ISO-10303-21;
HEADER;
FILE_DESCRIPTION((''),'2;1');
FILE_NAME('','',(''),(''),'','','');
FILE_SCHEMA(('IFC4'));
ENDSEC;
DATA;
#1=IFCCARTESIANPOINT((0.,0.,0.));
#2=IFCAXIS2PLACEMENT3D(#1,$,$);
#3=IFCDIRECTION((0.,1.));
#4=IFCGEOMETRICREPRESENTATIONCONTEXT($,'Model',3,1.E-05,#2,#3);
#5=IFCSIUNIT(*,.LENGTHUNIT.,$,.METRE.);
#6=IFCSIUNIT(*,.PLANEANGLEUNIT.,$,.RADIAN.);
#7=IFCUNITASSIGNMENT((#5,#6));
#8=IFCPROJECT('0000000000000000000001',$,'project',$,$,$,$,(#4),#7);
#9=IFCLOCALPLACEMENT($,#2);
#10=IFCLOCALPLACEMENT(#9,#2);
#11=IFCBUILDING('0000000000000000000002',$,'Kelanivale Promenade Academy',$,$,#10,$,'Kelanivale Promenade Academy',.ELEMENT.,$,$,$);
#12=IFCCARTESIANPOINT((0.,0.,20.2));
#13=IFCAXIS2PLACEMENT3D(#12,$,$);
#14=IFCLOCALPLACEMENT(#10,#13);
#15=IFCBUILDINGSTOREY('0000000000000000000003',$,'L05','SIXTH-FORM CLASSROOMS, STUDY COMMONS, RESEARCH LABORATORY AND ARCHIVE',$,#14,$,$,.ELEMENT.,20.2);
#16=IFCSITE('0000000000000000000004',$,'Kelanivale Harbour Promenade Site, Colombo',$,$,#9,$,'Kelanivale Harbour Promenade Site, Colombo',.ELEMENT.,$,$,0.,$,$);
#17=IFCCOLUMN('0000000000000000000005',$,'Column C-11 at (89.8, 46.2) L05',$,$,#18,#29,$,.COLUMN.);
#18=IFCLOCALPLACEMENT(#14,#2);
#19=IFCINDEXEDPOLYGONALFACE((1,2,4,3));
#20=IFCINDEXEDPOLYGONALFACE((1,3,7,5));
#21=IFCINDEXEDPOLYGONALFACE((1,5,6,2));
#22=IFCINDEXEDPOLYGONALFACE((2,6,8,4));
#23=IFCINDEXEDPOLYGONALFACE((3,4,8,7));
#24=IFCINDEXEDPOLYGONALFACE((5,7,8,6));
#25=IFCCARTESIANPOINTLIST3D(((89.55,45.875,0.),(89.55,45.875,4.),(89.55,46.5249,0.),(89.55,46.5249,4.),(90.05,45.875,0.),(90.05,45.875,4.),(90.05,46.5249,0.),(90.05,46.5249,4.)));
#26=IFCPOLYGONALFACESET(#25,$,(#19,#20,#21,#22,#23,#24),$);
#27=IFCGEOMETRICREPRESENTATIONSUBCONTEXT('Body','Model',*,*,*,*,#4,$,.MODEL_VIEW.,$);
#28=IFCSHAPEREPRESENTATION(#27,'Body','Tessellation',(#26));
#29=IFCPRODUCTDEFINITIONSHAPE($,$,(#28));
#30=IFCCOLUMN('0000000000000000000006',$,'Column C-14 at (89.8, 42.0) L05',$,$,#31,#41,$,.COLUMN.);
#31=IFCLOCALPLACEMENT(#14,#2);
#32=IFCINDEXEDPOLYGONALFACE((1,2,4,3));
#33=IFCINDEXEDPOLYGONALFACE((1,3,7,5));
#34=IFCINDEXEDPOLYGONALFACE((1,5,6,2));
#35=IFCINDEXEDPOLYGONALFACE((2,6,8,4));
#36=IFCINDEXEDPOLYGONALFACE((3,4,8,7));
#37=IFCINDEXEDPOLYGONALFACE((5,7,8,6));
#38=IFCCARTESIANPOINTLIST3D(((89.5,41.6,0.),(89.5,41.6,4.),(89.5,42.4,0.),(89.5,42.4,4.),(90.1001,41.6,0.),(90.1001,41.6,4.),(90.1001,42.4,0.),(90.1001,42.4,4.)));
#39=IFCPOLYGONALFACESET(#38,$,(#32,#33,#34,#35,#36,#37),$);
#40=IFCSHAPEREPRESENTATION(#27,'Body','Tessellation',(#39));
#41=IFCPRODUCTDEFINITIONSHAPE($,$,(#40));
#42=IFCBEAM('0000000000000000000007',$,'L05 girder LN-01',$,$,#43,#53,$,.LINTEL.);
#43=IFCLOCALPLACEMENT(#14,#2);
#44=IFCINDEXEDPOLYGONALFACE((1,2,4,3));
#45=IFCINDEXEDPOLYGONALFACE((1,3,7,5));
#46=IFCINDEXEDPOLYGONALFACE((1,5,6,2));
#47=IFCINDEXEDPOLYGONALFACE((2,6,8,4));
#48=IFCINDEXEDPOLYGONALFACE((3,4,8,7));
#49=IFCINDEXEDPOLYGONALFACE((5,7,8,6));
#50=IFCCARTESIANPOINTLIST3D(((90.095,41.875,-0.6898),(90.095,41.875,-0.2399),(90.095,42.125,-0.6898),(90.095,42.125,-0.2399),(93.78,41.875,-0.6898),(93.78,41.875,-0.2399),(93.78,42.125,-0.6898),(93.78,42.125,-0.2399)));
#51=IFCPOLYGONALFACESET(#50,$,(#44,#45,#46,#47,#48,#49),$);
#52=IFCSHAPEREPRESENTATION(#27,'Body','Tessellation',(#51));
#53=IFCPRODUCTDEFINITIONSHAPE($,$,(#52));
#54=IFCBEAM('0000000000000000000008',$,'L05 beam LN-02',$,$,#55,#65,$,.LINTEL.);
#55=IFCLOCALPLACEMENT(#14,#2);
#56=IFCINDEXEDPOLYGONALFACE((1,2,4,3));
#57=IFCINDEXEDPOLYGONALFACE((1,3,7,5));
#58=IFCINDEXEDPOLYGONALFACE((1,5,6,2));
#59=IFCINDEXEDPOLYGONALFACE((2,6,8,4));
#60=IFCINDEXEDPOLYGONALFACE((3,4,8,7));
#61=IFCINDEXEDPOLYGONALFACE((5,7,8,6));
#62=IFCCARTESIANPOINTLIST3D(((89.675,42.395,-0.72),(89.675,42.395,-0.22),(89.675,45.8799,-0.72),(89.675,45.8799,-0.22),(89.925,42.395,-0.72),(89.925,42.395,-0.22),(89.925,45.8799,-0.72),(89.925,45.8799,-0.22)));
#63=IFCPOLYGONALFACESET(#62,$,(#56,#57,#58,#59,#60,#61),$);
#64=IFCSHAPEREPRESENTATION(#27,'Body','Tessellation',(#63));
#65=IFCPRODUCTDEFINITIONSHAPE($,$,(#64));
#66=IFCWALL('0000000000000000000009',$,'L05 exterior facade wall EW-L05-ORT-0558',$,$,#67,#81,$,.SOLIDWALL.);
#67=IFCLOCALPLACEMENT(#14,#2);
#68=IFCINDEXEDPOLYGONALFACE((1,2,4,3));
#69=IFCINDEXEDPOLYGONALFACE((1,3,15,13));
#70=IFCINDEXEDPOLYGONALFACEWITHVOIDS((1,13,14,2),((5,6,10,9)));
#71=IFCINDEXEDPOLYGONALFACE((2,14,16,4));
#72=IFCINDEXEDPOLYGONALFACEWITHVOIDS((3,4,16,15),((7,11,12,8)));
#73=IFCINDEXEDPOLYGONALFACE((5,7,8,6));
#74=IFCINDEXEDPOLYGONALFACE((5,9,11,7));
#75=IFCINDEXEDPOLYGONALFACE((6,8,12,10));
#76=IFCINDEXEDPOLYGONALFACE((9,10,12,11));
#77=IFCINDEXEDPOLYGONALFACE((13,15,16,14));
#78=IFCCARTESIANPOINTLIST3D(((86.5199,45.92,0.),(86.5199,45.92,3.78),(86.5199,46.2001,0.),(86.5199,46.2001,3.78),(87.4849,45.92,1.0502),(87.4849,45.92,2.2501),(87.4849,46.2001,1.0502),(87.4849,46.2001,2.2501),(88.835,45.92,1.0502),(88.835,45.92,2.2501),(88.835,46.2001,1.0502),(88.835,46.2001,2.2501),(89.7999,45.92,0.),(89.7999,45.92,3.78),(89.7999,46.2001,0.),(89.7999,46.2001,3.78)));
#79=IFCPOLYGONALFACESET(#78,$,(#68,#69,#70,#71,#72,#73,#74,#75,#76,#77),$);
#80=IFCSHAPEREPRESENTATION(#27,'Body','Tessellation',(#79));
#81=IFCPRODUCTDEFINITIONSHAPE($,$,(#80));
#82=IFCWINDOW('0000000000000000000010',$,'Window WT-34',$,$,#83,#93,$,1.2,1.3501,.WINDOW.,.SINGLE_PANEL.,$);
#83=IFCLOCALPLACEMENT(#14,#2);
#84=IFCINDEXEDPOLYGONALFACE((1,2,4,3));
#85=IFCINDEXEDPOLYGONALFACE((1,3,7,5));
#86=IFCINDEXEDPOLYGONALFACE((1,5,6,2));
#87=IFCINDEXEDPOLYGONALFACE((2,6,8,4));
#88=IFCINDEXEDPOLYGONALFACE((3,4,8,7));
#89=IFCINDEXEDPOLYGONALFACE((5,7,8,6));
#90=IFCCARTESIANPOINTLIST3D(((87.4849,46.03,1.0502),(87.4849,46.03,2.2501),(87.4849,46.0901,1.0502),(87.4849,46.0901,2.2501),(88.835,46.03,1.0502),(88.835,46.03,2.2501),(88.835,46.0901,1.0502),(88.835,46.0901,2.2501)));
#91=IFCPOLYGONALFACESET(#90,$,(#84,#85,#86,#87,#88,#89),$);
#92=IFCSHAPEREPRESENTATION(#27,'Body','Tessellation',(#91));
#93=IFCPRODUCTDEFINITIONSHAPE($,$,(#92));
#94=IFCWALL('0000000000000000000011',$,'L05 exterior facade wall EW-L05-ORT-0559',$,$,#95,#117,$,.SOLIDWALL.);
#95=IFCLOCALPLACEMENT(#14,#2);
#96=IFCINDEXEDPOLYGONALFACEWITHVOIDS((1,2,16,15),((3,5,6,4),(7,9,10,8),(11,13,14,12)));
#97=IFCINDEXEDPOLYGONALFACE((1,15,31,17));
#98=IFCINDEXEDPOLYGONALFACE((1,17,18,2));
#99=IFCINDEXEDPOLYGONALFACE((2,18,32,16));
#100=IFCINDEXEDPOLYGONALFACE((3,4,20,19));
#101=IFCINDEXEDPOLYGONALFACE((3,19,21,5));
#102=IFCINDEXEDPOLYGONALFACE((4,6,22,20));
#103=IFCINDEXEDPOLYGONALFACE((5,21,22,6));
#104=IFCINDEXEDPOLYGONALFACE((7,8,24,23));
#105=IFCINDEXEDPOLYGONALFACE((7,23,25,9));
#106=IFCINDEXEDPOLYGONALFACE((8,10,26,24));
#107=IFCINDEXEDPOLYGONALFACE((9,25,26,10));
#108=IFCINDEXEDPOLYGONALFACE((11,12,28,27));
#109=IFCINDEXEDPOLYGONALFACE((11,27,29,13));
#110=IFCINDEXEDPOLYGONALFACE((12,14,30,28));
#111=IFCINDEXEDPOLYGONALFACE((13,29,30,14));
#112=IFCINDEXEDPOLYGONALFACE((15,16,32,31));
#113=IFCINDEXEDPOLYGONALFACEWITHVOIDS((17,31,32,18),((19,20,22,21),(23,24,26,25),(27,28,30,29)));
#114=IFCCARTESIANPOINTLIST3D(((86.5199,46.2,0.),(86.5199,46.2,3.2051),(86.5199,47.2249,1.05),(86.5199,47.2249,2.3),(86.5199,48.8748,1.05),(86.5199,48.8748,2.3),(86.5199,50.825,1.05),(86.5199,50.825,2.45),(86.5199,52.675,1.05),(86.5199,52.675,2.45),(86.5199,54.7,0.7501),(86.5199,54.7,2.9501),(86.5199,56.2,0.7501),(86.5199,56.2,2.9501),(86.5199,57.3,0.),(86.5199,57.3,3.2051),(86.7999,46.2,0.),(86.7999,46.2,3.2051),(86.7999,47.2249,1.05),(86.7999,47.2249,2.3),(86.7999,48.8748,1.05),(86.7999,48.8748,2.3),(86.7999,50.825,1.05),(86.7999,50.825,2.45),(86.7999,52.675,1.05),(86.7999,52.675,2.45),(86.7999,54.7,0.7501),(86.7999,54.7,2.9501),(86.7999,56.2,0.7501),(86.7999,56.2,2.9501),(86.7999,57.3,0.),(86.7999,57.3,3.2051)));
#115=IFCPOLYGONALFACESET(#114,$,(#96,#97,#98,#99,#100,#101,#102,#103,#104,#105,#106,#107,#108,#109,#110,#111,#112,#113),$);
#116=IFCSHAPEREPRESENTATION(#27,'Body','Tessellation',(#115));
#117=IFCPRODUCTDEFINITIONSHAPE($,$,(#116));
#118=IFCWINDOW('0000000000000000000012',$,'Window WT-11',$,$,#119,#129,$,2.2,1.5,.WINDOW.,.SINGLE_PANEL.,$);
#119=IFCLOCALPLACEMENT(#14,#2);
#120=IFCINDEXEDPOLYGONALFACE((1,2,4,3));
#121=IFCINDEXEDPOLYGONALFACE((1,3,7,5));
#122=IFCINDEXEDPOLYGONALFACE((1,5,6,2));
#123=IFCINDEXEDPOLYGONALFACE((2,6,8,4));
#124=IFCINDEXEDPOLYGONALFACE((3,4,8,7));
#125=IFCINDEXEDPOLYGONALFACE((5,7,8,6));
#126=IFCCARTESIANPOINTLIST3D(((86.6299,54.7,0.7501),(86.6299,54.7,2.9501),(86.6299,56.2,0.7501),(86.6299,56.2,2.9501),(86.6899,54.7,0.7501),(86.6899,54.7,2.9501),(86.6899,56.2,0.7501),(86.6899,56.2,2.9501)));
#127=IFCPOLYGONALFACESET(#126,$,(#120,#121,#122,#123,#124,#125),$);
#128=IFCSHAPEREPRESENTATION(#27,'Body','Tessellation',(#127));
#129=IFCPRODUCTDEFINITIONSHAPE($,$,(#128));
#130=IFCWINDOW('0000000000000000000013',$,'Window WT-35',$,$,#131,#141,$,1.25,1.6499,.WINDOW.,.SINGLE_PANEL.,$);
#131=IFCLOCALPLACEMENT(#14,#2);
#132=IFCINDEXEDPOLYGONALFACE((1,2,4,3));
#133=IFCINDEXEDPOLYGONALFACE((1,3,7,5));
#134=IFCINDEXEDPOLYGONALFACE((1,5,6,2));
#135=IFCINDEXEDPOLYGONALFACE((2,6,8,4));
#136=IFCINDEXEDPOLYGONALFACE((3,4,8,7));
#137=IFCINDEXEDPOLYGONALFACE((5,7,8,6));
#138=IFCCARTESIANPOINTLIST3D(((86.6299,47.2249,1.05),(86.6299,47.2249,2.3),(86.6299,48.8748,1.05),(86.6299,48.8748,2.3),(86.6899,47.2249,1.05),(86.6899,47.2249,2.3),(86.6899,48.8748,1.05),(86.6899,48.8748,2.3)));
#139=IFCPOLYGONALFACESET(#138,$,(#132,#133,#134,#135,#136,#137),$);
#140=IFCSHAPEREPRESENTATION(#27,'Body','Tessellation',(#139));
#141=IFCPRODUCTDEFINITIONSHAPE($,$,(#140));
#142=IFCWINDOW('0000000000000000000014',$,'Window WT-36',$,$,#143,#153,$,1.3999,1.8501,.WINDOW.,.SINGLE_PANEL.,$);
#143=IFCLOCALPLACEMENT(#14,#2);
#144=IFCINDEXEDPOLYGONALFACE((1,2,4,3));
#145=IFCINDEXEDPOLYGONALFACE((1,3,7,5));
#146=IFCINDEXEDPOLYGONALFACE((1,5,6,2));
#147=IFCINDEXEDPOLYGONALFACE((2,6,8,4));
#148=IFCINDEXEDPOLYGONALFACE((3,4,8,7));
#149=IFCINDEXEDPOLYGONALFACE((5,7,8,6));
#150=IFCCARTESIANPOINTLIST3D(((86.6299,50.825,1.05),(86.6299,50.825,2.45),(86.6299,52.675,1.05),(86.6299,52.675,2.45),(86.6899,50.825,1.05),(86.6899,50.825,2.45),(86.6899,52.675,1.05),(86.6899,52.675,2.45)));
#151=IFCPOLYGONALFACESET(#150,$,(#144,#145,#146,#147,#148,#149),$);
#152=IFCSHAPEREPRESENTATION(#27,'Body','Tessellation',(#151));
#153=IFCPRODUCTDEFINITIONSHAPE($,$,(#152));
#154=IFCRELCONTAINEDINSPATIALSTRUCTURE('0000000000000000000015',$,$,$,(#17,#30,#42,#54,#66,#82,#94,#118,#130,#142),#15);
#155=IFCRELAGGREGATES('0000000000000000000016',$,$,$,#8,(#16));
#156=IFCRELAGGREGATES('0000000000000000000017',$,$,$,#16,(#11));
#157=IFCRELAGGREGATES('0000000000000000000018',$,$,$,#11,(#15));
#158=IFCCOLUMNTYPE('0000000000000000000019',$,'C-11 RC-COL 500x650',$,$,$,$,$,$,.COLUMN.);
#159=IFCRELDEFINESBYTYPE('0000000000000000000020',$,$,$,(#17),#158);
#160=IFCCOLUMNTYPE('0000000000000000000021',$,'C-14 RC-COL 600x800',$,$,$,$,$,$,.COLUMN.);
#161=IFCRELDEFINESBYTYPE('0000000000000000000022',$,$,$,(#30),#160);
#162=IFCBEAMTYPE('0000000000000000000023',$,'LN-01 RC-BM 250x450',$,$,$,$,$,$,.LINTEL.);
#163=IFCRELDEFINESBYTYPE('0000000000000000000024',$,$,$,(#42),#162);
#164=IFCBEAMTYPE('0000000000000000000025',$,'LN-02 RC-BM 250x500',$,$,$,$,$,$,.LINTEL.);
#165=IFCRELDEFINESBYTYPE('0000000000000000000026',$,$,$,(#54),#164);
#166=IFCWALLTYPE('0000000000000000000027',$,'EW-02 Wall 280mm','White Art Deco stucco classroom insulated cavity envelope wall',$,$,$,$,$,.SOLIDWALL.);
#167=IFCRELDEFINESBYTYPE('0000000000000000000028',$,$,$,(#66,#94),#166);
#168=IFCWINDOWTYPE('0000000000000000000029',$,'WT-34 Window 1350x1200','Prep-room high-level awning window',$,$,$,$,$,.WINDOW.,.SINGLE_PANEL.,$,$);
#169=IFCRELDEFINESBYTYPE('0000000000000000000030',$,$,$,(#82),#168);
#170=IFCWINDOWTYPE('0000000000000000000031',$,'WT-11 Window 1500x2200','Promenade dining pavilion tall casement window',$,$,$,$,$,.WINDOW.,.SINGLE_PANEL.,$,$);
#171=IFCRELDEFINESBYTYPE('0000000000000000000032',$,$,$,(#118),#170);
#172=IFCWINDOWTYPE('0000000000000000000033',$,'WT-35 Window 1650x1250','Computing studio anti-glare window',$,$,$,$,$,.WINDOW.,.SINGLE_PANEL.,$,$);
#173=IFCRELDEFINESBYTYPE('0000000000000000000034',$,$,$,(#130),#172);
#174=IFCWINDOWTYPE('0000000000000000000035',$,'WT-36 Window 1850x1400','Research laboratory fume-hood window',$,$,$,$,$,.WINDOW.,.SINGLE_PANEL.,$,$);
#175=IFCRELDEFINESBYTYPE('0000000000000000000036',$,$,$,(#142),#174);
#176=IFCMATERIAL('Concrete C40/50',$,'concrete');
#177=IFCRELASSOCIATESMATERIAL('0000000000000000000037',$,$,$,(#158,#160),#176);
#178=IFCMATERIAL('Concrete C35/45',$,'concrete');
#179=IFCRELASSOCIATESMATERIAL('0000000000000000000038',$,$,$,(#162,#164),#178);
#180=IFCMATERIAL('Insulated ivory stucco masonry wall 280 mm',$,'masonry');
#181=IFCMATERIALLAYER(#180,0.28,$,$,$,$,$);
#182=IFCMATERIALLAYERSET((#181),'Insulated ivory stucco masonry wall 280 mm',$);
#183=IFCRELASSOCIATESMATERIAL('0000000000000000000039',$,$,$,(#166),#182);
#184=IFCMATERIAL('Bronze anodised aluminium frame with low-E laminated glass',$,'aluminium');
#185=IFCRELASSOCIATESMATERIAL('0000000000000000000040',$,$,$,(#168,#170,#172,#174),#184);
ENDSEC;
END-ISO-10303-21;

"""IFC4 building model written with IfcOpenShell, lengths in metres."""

from ifc_helpers import new_model, si_unit, direction, frame, frame_2d, origin, origin_2d, place, context, subcontext, project, spatial, rectangle, extrude, material, layer, layer_set, material_profile, profile_set, type_object, element, fill, save


model = new_model("IFC4")

# Units and contexts
model_context = context("Model", 3, precision=1e-05, world=origin(), true_north=direction((0.0, 1.0)))
body_context = subcontext(model_context, "Body", "Model", "MODEL_VIEW")
ifc_project = project(units=[si_unit("LENGTHUNIT", "METRE"), si_unit("PLANEANGLEUNIT", "RADIAN")], contexts=[model_context])

# Site, building, storey
site_placement = place(None, origin())
site = spatial("IfcSite", under=ifc_project, at=site_placement, Name="Kelanivale Harbour Promenade Site, Colombo", LongName="Kelanivale Harbour Promenade Site, Colombo", CompositionType="ELEMENT", RefElevation=0.0)
building_placement = place(site_placement, origin())
building = spatial("IfcBuilding", under=site, at=building_placement, Name="Kelanivale Promenade Academy", LongName="Kelanivale Promenade Academy", CompositionType="ELEMENT")
storey_placement = place(building_placement, frame((0.0, 0.0, 20.2)))
storey = spatial("IfcBuildingStorey", under=building, at=storey_placement, Name="L05", Description="SIXTH-FORM CLASSROOMS, STUDY COMMONS, RESEARCH LABORATORY AND ARCHIVE", CompositionType="ELEMENT", Elevation=20.2)

# Columns
ifc_material_1 = material(Name="Concrete C40/50", Category="concrete")
ifc_material_profile_1 = material_profile(ifc_material_1, rectangle(XDim=0.5, YDim=0.6499, at=origin_2d()), Name="RC-COL 500x650")
ifc_profile_set_1 = profile_set([ifc_material_profile_1], Name="Concrete C40/50")
column_type_1 = type_object("IfcColumnType", Name="C-11 RC-COL 500x650", PredefinedType="COLUMN", material=ifc_profile_set_1)
column_1_placement = place(storey_placement, frame((89.8, 46.2, 0.0), z_axis=(0.0, 0.0, 1.0), x_axis=(1.0, 0.0, 0.0)))
element("IfcColumn", 1, at=column_1_placement, inside=storey, type_object=column_type_1, Name="Column C-11 at (89.8, 46.2) L05", PredefinedType="COLUMN", context=body_context, shape_type="SweptSolid", body=[
    extrude(rectangle(XDim=0.5, YDim=0.6499, at=origin_2d()), origin(), (0.0, 0.0, 1.0), 4.0),
])
ifc_material_profile_2 = material_profile(ifc_material_1, rectangle(XDim=0.6001, YDim=0.8, at=origin_2d()), Name="RC-COL 600x800")
ifc_profile_set_2 = profile_set([ifc_material_profile_2], Name="Concrete C40/50")
column_type_2 = type_object("IfcColumnType", Name="C-14 RC-COL 600x800", PredefinedType="COLUMN", material=ifc_profile_set_2)
column_2_placement = place(storey_placement, frame((89.8, 42.0, 0.0), z_axis=(0.0, 0.0, 1.0), x_axis=(1.0, 0.0, 0.0)))
element("IfcColumn", 2, at=column_2_placement, inside=storey, type_object=column_type_2, Name="Column C-14 at (89.8, 42.0) L05", PredefinedType="COLUMN", context=body_context, shape_type="SweptSolid", body=[
    extrude(rectangle(XDim=0.6001, YDim=0.8, at=origin_2d()), origin(), (0.0, 0.0, 1.0), 4.0),
])

# Beams
ifc_material_2 = material(Name="Concrete C35/45", Category="concrete")
ifc_material_profile_3 = material_profile(ifc_material_2, rectangle(XDim=0.25, YDim=0.45, at=origin_2d()), Name="RC-BM 250x450")
ifc_profile_set_3 = profile_set([ifc_material_profile_3], Name="Concrete C35/45")
beam_type_1 = type_object("IfcBeamType", Name="LN-01 RC-BM 250x450", PredefinedType="LINTEL", material=ifc_profile_set_3)
beam_1_placement = place(storey_placement, frame((90.095, 42.0, -0.4648), z_axis=(1.0, 0.0, 0.0), x_axis=(0.0, 1.0, 0.0)))
element("IfcBeam", 3, at=beam_1_placement, inside=storey, type_object=beam_type_1, Name="L05 girder LN-01", PredefinedType="LINTEL", context=body_context, shape_type="SweptSolid", body=[
    extrude(rectangle(XDim=0.25, YDim=0.45, at=origin_2d()), origin(), (0.0, 0.0, 1.0), 3.6851),
])
ifc_material_profile_4 = material_profile(ifc_material_2, rectangle(XDim=0.25, YDim=0.5, at=origin_2d()), Name="RC-BM 250x500")
ifc_profile_set_4 = profile_set([ifc_material_profile_4], Name="Concrete C35/45")
beam_type_2 = type_object("IfcBeamType", Name="LN-02 RC-BM 250x500", PredefinedType="LINTEL", material=ifc_profile_set_4)
beam_2_placement = place(storey_placement, frame((89.8, 42.395, -0.47), z_axis=(0.0, 1.0, 0.0), x_axis=(-1.0, 0.0, 0.0)))
element("IfcBeam", 4, at=beam_2_placement, inside=storey, type_object=beam_type_2, Name="L05 beam LN-02", PredefinedType="LINTEL", context=body_context, shape_type="SweptSolid", body=[
    extrude(rectangle(XDim=0.25, YDim=0.5, at=origin_2d()), origin(), (0.0, 0.0, 1.0), 3.4849),
])

# Wall, opening, window
ifc_material_3 = material(Name="Insulated ivory stucco masonry wall 280 mm", Category="masonry")
ifc_layer_1 = layer(ifc_material_3, 0.28)
ifc_layer_set_1 = layer_set([ifc_layer_1], Name="Insulated ivory stucco masonry wall 280 mm")
wall_type_1 = type_object("IfcWallType", Name="EW-02 Wall 280mm", Description="White Art Deco stucco classroom insulated cavity envelope wall", PredefinedType="SOLIDWALL", material=ifc_layer_set_1)
wall_1_placement = place(storey_placement, frame((89.8, 46.0601, 0.0), z_axis=(0.0, 0.0, 1.0), x_axis=(-1.0, 0.0, 0.0)))
wall_1 = element("IfcWall", 5, at=wall_1_placement, inside=storey, type_object=wall_type_1, Name="L05 exterior facade wall EW-L05-ORT-0558", PredefinedType="SOLIDWALL", context=body_context, shape_type="SweptSolid", body=[
    extrude(rectangle(XDim=3.28, YDim=0.28, at=frame_2d((1.6401, 0.0))), origin(), (0.0, 0.0, 1.0), 3.78),
])
opening_1_placement = place(wall_1_placement, frame((0.9651, 0.0, 1.05)))
opening_1 = element("IfcOpeningElement", 6, at=opening_1_placement, cuts=wall_1, PredefinedType="OPENING", context=body_context, shape_type="SweptSolid", body=[
    extrude(rectangle(XDim=1.3501, YDim=1.2, at=frame_2d((0.675, 0.6001))), frame((0.0, 0.1499, 0.0), z_axis=(0.0, -1.0, 0.0), x_axis=(1.0, 0.0, 0.0)), (0.0, 0.0, 1.0), 0.3),
])
ifc_material_4 = material(Name="Bronze anodised aluminium frame with low-E laminated glass", Category="aluminium")
window_type_1 = type_object("IfcWindowType", Name="WT-34 Window 1350x1200", Description="Prep-room high-level awning window", PartitioningType="SINGLE_PANEL", PredefinedType="WINDOW", material=ifc_material_4)
window_1_placement = place(opening_1_placement, origin())
window_1 = element("IfcWindow", 7, at=window_1_placement, inside=storey, type_object=window_type_1, Name="Window WT-34", OverallHeight=1.2, OverallWidth=1.3501, PartitioningType="SINGLE_PANEL", PredefinedType="WINDOW", context=body_context, shape_type="SweptSolid", body=[
    extrude(rectangle(XDim=1.3501, YDim=1.2, at=frame_2d((0.675, 0.6001))), frame((0.0, 0.03, 0.0), z_axis=(0.0, -1.0, 0.0), x_axis=(1.0, 0.0, 0.0)), (0.0, 0.0, 1.0), 0.0601),
])
fill(opening_1, window_1)

# Wall, openings, windows
wall_2_placement = place(storey_placement, frame((86.6599, 46.2, 0.0), z_axis=(0.0, 0.0, 1.0), x_axis=(0.0, 1.0, 0.0)))
wall_2 = element("IfcWall", 8, at=wall_2_placement, inside=storey, type_object=wall_type_1, Name="L05 exterior facade wall EW-L05-ORT-0559", PredefinedType="SOLIDWALL", context=body_context, shape_type="SweptSolid", body=[
    extrude(rectangle(XDim=11.1001, YDim=0.28, at=frame_2d((5.55, 0.0))), origin(), (0.0, 0.0, 1.0), 3.2051),
])
opening_2_placement = place(wall_2_placement, frame((1.0249, 0.0, 1.05)))
opening_2 = element("IfcOpeningElement", 9, at=opening_2_placement, cuts=wall_2, PredefinedType="OPENING", context=body_context, shape_type="SweptSolid", body=[
    extrude(rectangle(XDim=1.6499, YDim=1.25, at=frame_2d((0.825, 0.625))), frame((0.0, 0.1499, 0.0), z_axis=(0.0, -1.0, 0.0), x_axis=(1.0, 0.0, 0.0)), (0.0, 0.0, 1.0), 0.3),
])
opening_3_placement = place(wall_2_placement, frame((4.625, 0.0, 1.05)))
opening_3 = element("IfcOpeningElement", 10, at=opening_3_placement, cuts=wall_2, PredefinedType="OPENING", context=body_context, shape_type="SweptSolid", body=[
    extrude(rectangle(XDim=1.8501, YDim=1.3999, at=frame_2d((0.925, 0.7))), frame((0.0, 0.1499, 0.0), z_axis=(0.0, -1.0, 0.0), x_axis=(1.0, 0.0, 0.0)), (0.0, 0.0, 1.0), 0.3),
])
opening_4_placement = place(wall_2_placement, frame((8.5, 0.0, 0.75)))
opening_4 = element("IfcOpeningElement", 11, at=opening_4_placement, cuts=wall_2, PredefinedType="OPENING", context=body_context, shape_type="SweptSolid", body=[
    extrude(rectangle(XDim=1.5, YDim=2.2, at=frame_2d((0.75, 1.1001))), frame((0.0, 0.1499, 0.0), z_axis=(0.0, -1.0, 0.0), x_axis=(1.0, 0.0, 0.0)), (0.0, 0.0, 1.0), 0.3),
])
window_type_2 = type_object("IfcWindowType", Name="WT-11 Window 1500x2200", Description="Promenade dining pavilion tall casement window", PartitioningType="SINGLE_PANEL", PredefinedType="WINDOW", material=ifc_material_4)
window_2_placement = place(opening_4_placement, origin())
window_2 = element("IfcWindow", 12, at=window_2_placement, inside=storey, type_object=window_type_2, Name="Window WT-11", OverallHeight=2.2, OverallWidth=1.5, PartitioningType="SINGLE_PANEL", PredefinedType="WINDOW", context=body_context, shape_type="SweptSolid", body=[
    extrude(rectangle(XDim=1.5, YDim=2.2, at=frame_2d((0.75, 1.1001))), frame((0.0, 0.03, 0.0), z_axis=(0.0, -1.0, 0.0), x_axis=(1.0, 0.0, 0.0)), (0.0, 0.0, 1.0), 0.0601),
])
fill(opening_4, window_2)
window_type_3 = type_object("IfcWindowType", Name="WT-35 Window 1650x1250", Description="Computing studio anti-glare window", PartitioningType="SINGLE_PANEL", PredefinedType="WINDOW", material=ifc_material_4)
window_3_placement = place(opening_2_placement, origin())
window_3 = element("IfcWindow", 13, at=window_3_placement, inside=storey, type_object=window_type_3, Name="Window WT-35", OverallHeight=1.25, OverallWidth=1.6499, PartitioningType="SINGLE_PANEL", PredefinedType="WINDOW", context=body_context, shape_type="SweptSolid", body=[
    extrude(rectangle(XDim=1.6499, YDim=1.25, at=frame_2d((0.825, 0.625))), frame((0.0, 0.03, 0.0), z_axis=(0.0, -1.0, 0.0), x_axis=(1.0, 0.0, 0.0)), (0.0, 0.0, 1.0), 0.0601),
])
fill(opening_2, window_3)
window_type_4 = type_object("IfcWindowType", Name="WT-36 Window 1850x1400", Description="Research laboratory fume-hood window", PartitioningType="SINGLE_PANEL", PredefinedType="WINDOW", material=ifc_material_4)
window_4_placement = place(opening_3_placement, origin())
window_4 = element("IfcWindow", 14, at=window_4_placement, inside=storey, type_object=window_type_4, Name="Window WT-36", OverallHeight=1.3999, OverallWidth=1.8501, PartitioningType="SINGLE_PANEL", PredefinedType="WINDOW", context=body_context, shape_type="SweptSolid", body=[
    extrude(rectangle(XDim=1.8501, YDim=1.3999, at=frame_2d((0.925, 0.7))), frame((0.0, 0.03, 0.0), z_axis=(0.0, -1.0, 0.0), x_axis=(1.0, 0.0, 0.0)), (0.0, 0.0, 1.0), 0.0601),
])
fill(opening_3, window_4)

save(model, "model.ifc")
